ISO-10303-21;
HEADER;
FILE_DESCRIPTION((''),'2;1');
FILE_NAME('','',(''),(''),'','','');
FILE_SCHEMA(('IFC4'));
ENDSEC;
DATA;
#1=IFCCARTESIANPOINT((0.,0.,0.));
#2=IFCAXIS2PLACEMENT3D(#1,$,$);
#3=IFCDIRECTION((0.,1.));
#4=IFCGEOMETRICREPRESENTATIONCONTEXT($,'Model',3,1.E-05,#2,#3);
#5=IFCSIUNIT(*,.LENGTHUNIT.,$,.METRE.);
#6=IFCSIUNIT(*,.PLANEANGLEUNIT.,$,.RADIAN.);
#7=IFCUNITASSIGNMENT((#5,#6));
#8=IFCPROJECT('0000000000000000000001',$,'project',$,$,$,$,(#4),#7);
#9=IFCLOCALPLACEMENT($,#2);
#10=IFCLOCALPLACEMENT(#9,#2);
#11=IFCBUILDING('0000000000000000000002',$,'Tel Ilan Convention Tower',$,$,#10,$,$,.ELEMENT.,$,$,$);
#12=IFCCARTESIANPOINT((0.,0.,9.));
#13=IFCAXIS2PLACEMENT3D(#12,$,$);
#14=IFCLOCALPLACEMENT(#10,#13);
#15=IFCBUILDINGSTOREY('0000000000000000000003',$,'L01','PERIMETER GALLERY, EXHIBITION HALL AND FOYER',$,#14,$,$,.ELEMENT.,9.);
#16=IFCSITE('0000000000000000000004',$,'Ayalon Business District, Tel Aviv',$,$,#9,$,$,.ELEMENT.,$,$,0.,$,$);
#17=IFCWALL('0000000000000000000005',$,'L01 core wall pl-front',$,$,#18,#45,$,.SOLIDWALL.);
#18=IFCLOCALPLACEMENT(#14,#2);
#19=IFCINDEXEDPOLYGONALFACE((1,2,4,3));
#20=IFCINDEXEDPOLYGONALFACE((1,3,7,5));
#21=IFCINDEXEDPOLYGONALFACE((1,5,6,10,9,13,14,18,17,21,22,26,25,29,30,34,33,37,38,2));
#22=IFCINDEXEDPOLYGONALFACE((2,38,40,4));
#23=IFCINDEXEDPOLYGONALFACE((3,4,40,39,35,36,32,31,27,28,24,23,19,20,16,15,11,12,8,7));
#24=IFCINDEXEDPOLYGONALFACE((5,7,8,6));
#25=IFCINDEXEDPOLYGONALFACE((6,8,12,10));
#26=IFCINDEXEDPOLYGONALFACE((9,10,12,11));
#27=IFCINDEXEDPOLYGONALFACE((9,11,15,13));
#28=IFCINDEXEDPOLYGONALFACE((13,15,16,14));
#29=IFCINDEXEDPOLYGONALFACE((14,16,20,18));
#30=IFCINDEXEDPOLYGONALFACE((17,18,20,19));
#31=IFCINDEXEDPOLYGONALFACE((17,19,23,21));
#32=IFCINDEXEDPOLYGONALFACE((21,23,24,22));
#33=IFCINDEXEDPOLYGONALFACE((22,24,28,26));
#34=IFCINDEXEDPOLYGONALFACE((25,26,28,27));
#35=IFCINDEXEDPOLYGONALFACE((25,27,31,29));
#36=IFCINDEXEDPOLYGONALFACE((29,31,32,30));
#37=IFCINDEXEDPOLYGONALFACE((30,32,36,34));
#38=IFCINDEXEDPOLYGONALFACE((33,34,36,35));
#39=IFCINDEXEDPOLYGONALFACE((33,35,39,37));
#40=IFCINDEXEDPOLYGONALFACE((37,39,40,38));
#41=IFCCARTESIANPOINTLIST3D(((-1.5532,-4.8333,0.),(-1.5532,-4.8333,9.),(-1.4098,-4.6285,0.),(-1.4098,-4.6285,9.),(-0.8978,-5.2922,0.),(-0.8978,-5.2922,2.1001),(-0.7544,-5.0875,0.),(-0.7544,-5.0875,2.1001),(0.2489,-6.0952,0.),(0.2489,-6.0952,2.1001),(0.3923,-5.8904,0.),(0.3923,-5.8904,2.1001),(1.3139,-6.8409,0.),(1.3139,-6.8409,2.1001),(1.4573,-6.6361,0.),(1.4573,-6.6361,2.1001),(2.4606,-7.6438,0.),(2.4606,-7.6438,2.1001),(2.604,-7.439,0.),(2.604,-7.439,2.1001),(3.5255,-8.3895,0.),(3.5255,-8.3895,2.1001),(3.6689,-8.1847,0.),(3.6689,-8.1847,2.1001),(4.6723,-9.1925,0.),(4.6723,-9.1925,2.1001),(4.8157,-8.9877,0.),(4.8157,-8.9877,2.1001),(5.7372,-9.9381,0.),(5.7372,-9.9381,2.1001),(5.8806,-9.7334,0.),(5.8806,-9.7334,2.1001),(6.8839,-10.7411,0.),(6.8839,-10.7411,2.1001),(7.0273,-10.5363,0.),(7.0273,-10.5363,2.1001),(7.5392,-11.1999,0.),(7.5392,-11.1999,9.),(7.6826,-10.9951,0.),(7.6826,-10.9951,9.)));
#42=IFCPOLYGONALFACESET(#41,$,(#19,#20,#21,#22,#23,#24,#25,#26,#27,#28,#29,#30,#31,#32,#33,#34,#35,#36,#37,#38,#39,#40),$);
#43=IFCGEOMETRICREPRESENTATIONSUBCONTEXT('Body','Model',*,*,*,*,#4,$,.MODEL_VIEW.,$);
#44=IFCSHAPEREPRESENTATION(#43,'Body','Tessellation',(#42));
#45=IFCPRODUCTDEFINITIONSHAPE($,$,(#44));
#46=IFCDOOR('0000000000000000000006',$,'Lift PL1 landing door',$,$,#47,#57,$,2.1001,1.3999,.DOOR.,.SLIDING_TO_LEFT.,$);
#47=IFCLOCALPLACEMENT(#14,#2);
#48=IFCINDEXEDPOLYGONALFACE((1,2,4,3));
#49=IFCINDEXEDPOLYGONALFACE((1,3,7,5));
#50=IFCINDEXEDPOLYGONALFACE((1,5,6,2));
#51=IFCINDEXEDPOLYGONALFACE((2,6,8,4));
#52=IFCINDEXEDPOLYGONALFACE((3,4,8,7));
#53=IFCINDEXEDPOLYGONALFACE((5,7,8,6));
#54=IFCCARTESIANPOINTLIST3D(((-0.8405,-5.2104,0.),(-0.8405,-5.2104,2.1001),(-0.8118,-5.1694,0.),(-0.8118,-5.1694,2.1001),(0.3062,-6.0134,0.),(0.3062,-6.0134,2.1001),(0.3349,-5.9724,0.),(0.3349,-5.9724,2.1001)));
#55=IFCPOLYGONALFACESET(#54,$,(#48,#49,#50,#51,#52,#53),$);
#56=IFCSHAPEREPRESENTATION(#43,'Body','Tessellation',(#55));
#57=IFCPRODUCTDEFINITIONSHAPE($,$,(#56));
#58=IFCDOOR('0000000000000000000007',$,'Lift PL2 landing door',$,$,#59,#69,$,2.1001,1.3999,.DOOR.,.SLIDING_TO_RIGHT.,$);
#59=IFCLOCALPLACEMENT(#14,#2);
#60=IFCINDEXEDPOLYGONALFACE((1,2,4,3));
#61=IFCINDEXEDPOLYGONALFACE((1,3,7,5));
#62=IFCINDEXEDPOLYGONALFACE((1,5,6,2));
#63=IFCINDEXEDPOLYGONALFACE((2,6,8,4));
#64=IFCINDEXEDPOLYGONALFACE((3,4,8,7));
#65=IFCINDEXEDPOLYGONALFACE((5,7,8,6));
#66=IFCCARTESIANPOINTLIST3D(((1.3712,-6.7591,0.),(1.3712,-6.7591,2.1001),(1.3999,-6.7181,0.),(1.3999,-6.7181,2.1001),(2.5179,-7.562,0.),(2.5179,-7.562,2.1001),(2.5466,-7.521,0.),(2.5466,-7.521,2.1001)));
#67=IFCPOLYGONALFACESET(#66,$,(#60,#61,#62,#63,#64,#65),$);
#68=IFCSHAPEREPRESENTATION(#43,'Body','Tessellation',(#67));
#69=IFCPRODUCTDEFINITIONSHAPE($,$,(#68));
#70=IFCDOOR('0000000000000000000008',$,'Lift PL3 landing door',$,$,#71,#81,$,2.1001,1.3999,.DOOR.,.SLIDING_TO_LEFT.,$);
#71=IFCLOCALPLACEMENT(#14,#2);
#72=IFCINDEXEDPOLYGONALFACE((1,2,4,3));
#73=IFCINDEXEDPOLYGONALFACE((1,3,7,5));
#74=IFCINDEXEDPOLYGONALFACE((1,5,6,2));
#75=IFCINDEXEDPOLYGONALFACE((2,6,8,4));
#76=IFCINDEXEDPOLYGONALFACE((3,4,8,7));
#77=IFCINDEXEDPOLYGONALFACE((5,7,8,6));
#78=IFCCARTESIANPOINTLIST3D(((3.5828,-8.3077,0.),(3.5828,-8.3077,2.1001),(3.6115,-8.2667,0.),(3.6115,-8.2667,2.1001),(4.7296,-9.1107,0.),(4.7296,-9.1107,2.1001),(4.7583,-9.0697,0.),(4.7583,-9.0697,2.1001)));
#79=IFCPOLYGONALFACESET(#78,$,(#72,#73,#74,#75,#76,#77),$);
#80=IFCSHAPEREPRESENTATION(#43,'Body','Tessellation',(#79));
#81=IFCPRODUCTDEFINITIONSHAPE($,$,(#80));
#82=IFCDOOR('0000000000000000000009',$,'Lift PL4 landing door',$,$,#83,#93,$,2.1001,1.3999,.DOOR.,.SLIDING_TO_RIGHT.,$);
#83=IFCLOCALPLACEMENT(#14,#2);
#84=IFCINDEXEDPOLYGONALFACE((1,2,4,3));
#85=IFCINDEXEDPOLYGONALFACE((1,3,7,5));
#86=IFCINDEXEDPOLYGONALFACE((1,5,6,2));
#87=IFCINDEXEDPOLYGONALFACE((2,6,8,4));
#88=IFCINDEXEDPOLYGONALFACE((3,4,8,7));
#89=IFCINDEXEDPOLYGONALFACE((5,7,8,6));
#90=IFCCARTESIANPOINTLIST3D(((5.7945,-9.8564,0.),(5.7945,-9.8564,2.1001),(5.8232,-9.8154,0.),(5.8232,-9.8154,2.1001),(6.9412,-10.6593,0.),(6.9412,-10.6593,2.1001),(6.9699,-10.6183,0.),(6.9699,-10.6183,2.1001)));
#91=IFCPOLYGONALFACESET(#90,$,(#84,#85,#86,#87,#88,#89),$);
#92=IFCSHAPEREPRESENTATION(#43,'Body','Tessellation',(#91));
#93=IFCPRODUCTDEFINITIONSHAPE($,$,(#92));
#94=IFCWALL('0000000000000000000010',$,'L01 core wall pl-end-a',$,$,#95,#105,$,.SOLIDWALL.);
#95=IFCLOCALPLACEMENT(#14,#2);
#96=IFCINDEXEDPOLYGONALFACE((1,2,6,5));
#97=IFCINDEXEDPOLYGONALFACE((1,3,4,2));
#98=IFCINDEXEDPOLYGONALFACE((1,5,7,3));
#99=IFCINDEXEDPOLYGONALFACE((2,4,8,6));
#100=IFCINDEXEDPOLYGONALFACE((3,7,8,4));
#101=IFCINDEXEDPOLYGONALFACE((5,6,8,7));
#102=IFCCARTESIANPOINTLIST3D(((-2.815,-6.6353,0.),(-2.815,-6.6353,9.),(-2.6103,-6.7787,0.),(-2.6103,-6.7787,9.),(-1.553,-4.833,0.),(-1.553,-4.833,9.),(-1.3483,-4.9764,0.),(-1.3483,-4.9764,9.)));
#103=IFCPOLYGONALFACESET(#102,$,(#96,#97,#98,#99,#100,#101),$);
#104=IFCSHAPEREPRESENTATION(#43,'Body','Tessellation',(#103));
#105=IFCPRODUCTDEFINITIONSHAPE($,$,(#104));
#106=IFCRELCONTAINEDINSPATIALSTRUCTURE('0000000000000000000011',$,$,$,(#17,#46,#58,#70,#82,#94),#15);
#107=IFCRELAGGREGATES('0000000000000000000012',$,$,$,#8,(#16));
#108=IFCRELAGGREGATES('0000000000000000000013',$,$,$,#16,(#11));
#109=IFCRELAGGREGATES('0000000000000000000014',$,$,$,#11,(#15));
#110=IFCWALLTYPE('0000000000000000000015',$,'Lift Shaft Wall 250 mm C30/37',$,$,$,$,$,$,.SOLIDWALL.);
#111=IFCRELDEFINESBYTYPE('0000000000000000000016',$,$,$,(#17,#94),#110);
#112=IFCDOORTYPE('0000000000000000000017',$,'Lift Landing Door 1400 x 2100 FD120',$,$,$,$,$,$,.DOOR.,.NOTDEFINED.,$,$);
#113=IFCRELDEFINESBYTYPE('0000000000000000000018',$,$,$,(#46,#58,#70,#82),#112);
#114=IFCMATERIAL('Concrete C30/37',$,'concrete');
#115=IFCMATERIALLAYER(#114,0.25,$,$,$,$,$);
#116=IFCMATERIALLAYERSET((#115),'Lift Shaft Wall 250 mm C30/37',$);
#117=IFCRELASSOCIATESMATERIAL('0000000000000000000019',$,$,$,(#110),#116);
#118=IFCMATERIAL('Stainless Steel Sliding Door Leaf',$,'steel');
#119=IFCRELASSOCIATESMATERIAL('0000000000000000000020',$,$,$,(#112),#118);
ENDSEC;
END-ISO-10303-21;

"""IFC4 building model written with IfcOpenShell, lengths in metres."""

from ifc_helpers import new_model, si_unit, direction, frame, frame_2d, origin, place, context, subcontext, project, spatial, rectangle, extrude, material, layer, layer_set, type_object, element, fill, save


model = new_model("IFC4")

# Units and contexts
model_context = context("Model", 3, precision=1e-05, world=origin(), true_north=direction((0.0, 1.0)))
body_context = subcontext(model_context, "Body", "Model", "MODEL_VIEW")
ifc_project = project(units=[si_unit("LENGTHUNIT", "METRE"), si_unit("PLANEANGLEUNIT", "RADIAN")], contexts=[model_context])

# Site, building, storey
site_placement = place(None, origin())
site = spatial("IfcSite", under=ifc_project, at=site_placement, Name="Ayalon Business District, Tel Aviv", CompositionType="ELEMENT", RefElevation=0.0)
building_placement = place(site_placement, origin())
building = spatial("IfcBuilding", under=site, at=building_placement, Name="Tel Ilan Convention Tower", CompositionType="ELEMENT")
storey_placement = place(building_placement, frame((0.0, 0.0, 9.0)))
storey = spatial("IfcBuildingStorey", under=building, at=storey_placement, Name="L01", Description="PERIMETER GALLERY, EXHIBITION HALL AND FOYER", CompositionType="ELEMENT", Elevation=9.0)

# Shared definitions
ifc_material_1 = material(Name="Concrete C30/37", Category="concrete")
ifc_layer_1 = layer(ifc_material_1, 0.25)
ifc_layer_set_1 = layer_set([ifc_layer_1], Name="Lift Shaft Wall 250 mm C30/37")
wall_type_1 = type_object("IfcWallType", Name="Lift Shaft Wall 250 mm C30/37", PredefinedType="SOLIDWALL", material=ifc_layer_set_1)

# Wall, openings, doors
wall_1_placement = place(storey_placement, frame((-1.4814, -4.731, 0.0), z_axis=(0.0, 0.0, 1.0), x_axis=(0.81915, -0.573579, 0.0)))
wall_1 = element("IfcWall", 1, at=wall_1_placement, inside=storey, type_object=wall_type_1, Name="L01 core wall pl-front", PredefinedType="SOLIDWALL", context=body_context, shape_type="SweptSolid", body=[
    extrude(rectangle(XDim=11.0999, YDim=0.25, at=frame_2d((5.5498, 0.0))), origin(), (0.0, 0.0, 1.0), 9.0),
])
opening_1_placement = place(wall_1_placement, frame((0.8, 0.0, 0.0)))
opening_1 = element("IfcOpeningElement", 2, at=opening_1_placement, cuts=wall_1, PredefinedType="OPENING", context=body_context, shape_type="SweptSolid", body=[
    extrude(rectangle(XDim=1.3999, YDim=2.1001, at=frame_2d((0.7, 1.05))), frame((0.0, 0.135, 0.0), z_axis=(0.0, -1.0, 0.0), x_axis=(1.0, 0.0, 0.0)), (0.0, 0.0, 1.0), 0.27),
])
opening_2_placement = place(wall_1_placement, frame((3.5, 0.0, 0.0)))
opening_2 = element("IfcOpeningElement", 3, at=opening_2_placement, cuts=wall_1, PredefinedType="OPENING", context=body_context, shape_type="SweptSolid", body=[
    extrude(rectangle(XDim=1.3999, YDim=2.1001, at=frame_2d((0.7, 1.05))), frame((0.0, 0.135, 0.0), z_axis=(0.0, -1.0, 0.0), x_axis=(1.0, 0.0, 0.0)), (0.0, 0.0, 1.0), 0.27),
])
opening_3_placement = place(wall_1_placement, frame((6.2, 0.0, 0.0)))
opening_3 = element("IfcOpeningElement", 4, at=opening_3_placement, cuts=wall_1, PredefinedType="OPENING", context=body_context, shape_type="SweptSolid", body=[
    extrude(rectangle(XDim=1.3999, YDim=2.1001, at=frame_2d((0.7, 1.05))), frame((0.0, 0.135, 0.0), z_axis=(0.0, -1.0, 0.0), x_axis=(1.0, 0.0, 0.0)), (0.0, 0.0, 1.0), 0.27),
])
opening_4_placement = place(wall_1_placement, frame((8.8999, 0.0, 0.0)))
opening_4 = element("IfcOpeningElement", 5, at=opening_4_placement, cuts=wall_1, PredefinedType="OPENING", context=body_context, shape_type="SweptSolid", body=[
    extrude(rectangle(XDim=1.3999, YDim=2.1001, at=frame_2d((0.7, 1.05))), frame((0.0, 0.135, 0.0), z_axis=(0.0, -1.0, 0.0), x_axis=(1.0, 0.0, 0.0)), (0.0, 0.0, 1.0), 0.27),
])
ifc_material_2 = material(Name="Stainless Steel Sliding Door Leaf", Category="steel")
door_type_1 = type_object("IfcDoorType", Name="Lift Landing Door 1400 x 2100 FD120", OperationType="NOTDEFINED", PredefinedType="DOOR", material=ifc_material_2)
door_1_placement = place(opening_1_placement, origin())
door_1 = element("IfcDoor", 6, at=door_1_placement, inside=storey, type_object=door_type_1, Name="Lift PL1 landing door", OperationType="SLIDING_TO_LEFT", OverallHeight=2.1001, OverallWidth=1.3999, PredefinedType="DOOR", context=body_context, shape_type="SweptSolid", body=[
    extrude(rectangle(XDim=1.3999, YDim=2.1001, at=frame_2d((0.7, 1.05))), frame((0.0, 0.0249, 0.0), z_axis=(0.0, -1.0, 0.0), x_axis=(1.0, 0.0, 0.0)), (0.0, 0.0, 1.0), 0.05),
])
fill(opening_1, door_1)
door_2_placement = place(opening_2_placement, origin())
door_2 = element("IfcDoor", 7, at=door_2_placement, inside=storey, type_object=door_type_1, Name="Lift PL2 landing door", OperationType="SLIDING_TO_RIGHT", OverallHeight=2.1001, OverallWidth=1.3999, PredefinedType="DOOR", context=body_context, shape_type="SweptSolid", body=[
    extrude(rectangle(XDim=1.3999, YDim=2.1001, at=frame_2d((0.7, 1.05))), frame((0.0, 0.0249, 0.0), z_axis=(0.0, -1.0, 0.0), x_axis=(1.0, 0.0, 0.0)), (0.0, 0.0, 1.0), 0.05),
])
fill(opening_2, door_2)
door_3_placement = place(opening_3_placement, origin())
door_3 = element("IfcDoor", 8, at=door_3_placement, inside=storey, type_object=door_type_1, Name="Lift PL3 landing door", OperationType="SLIDING_TO_LEFT", OverallHeight=2.1001, OverallWidth=1.3999, PredefinedType="DOOR", context=body_context, shape_type="SweptSolid", body=[
    extrude(rectangle(XDim=1.3999, YDim=2.1001, at=frame_2d((0.7, 1.05))), frame((0.0, 0.0249, 0.0), z_axis=(0.0, -1.0, 0.0), x_axis=(1.0, 0.0, 0.0)), (0.0, 0.0, 1.0), 0.05),
])
fill(opening_3, door_3)
door_4_placement = place(opening_4_placement, origin())
door_4 = element("IfcDoor", 9, at=door_4_placement, inside=storey, type_object=door_type_1, Name="Lift PL4 landing door", OperationType="SLIDING_TO_RIGHT", OverallHeight=2.1001, OverallWidth=1.3999, PredefinedType="DOOR", context=body_context, shape_type="SweptSolid", body=[
    extrude(rectangle(XDim=1.3999, YDim=2.1001, at=frame_2d((0.7, 1.05))), frame((0.0, 0.0249, 0.0), z_axis=(0.0, -1.0, 0.0), x_axis=(1.0, 0.0, 0.0)), (0.0, 0.0, 1.0), 0.05),
])
fill(opening_4, door_4)

# Wall
wall_2_placement = place(storey_placement, frame((-2.7126, -6.707, 0.0), z_axis=(0.0, 0.0, 1.0), x_axis=(0.573581, 0.819149, 0.0)))
element("IfcWall", 10, at=wall_2_placement, inside=storey, type_object=wall_type_1, Name="L01 core wall pl-end-a", PredefinedType="SOLIDWALL", context=body_context, shape_type="SweptSolid", body=[
    extrude(rectangle(XDim=2.2002, YDim=0.25, at=frame_2d((1.1001, 0.0))), origin(), (0.0, 0.0, 1.0), 9.0),
])

save(model, "model.ifc")
